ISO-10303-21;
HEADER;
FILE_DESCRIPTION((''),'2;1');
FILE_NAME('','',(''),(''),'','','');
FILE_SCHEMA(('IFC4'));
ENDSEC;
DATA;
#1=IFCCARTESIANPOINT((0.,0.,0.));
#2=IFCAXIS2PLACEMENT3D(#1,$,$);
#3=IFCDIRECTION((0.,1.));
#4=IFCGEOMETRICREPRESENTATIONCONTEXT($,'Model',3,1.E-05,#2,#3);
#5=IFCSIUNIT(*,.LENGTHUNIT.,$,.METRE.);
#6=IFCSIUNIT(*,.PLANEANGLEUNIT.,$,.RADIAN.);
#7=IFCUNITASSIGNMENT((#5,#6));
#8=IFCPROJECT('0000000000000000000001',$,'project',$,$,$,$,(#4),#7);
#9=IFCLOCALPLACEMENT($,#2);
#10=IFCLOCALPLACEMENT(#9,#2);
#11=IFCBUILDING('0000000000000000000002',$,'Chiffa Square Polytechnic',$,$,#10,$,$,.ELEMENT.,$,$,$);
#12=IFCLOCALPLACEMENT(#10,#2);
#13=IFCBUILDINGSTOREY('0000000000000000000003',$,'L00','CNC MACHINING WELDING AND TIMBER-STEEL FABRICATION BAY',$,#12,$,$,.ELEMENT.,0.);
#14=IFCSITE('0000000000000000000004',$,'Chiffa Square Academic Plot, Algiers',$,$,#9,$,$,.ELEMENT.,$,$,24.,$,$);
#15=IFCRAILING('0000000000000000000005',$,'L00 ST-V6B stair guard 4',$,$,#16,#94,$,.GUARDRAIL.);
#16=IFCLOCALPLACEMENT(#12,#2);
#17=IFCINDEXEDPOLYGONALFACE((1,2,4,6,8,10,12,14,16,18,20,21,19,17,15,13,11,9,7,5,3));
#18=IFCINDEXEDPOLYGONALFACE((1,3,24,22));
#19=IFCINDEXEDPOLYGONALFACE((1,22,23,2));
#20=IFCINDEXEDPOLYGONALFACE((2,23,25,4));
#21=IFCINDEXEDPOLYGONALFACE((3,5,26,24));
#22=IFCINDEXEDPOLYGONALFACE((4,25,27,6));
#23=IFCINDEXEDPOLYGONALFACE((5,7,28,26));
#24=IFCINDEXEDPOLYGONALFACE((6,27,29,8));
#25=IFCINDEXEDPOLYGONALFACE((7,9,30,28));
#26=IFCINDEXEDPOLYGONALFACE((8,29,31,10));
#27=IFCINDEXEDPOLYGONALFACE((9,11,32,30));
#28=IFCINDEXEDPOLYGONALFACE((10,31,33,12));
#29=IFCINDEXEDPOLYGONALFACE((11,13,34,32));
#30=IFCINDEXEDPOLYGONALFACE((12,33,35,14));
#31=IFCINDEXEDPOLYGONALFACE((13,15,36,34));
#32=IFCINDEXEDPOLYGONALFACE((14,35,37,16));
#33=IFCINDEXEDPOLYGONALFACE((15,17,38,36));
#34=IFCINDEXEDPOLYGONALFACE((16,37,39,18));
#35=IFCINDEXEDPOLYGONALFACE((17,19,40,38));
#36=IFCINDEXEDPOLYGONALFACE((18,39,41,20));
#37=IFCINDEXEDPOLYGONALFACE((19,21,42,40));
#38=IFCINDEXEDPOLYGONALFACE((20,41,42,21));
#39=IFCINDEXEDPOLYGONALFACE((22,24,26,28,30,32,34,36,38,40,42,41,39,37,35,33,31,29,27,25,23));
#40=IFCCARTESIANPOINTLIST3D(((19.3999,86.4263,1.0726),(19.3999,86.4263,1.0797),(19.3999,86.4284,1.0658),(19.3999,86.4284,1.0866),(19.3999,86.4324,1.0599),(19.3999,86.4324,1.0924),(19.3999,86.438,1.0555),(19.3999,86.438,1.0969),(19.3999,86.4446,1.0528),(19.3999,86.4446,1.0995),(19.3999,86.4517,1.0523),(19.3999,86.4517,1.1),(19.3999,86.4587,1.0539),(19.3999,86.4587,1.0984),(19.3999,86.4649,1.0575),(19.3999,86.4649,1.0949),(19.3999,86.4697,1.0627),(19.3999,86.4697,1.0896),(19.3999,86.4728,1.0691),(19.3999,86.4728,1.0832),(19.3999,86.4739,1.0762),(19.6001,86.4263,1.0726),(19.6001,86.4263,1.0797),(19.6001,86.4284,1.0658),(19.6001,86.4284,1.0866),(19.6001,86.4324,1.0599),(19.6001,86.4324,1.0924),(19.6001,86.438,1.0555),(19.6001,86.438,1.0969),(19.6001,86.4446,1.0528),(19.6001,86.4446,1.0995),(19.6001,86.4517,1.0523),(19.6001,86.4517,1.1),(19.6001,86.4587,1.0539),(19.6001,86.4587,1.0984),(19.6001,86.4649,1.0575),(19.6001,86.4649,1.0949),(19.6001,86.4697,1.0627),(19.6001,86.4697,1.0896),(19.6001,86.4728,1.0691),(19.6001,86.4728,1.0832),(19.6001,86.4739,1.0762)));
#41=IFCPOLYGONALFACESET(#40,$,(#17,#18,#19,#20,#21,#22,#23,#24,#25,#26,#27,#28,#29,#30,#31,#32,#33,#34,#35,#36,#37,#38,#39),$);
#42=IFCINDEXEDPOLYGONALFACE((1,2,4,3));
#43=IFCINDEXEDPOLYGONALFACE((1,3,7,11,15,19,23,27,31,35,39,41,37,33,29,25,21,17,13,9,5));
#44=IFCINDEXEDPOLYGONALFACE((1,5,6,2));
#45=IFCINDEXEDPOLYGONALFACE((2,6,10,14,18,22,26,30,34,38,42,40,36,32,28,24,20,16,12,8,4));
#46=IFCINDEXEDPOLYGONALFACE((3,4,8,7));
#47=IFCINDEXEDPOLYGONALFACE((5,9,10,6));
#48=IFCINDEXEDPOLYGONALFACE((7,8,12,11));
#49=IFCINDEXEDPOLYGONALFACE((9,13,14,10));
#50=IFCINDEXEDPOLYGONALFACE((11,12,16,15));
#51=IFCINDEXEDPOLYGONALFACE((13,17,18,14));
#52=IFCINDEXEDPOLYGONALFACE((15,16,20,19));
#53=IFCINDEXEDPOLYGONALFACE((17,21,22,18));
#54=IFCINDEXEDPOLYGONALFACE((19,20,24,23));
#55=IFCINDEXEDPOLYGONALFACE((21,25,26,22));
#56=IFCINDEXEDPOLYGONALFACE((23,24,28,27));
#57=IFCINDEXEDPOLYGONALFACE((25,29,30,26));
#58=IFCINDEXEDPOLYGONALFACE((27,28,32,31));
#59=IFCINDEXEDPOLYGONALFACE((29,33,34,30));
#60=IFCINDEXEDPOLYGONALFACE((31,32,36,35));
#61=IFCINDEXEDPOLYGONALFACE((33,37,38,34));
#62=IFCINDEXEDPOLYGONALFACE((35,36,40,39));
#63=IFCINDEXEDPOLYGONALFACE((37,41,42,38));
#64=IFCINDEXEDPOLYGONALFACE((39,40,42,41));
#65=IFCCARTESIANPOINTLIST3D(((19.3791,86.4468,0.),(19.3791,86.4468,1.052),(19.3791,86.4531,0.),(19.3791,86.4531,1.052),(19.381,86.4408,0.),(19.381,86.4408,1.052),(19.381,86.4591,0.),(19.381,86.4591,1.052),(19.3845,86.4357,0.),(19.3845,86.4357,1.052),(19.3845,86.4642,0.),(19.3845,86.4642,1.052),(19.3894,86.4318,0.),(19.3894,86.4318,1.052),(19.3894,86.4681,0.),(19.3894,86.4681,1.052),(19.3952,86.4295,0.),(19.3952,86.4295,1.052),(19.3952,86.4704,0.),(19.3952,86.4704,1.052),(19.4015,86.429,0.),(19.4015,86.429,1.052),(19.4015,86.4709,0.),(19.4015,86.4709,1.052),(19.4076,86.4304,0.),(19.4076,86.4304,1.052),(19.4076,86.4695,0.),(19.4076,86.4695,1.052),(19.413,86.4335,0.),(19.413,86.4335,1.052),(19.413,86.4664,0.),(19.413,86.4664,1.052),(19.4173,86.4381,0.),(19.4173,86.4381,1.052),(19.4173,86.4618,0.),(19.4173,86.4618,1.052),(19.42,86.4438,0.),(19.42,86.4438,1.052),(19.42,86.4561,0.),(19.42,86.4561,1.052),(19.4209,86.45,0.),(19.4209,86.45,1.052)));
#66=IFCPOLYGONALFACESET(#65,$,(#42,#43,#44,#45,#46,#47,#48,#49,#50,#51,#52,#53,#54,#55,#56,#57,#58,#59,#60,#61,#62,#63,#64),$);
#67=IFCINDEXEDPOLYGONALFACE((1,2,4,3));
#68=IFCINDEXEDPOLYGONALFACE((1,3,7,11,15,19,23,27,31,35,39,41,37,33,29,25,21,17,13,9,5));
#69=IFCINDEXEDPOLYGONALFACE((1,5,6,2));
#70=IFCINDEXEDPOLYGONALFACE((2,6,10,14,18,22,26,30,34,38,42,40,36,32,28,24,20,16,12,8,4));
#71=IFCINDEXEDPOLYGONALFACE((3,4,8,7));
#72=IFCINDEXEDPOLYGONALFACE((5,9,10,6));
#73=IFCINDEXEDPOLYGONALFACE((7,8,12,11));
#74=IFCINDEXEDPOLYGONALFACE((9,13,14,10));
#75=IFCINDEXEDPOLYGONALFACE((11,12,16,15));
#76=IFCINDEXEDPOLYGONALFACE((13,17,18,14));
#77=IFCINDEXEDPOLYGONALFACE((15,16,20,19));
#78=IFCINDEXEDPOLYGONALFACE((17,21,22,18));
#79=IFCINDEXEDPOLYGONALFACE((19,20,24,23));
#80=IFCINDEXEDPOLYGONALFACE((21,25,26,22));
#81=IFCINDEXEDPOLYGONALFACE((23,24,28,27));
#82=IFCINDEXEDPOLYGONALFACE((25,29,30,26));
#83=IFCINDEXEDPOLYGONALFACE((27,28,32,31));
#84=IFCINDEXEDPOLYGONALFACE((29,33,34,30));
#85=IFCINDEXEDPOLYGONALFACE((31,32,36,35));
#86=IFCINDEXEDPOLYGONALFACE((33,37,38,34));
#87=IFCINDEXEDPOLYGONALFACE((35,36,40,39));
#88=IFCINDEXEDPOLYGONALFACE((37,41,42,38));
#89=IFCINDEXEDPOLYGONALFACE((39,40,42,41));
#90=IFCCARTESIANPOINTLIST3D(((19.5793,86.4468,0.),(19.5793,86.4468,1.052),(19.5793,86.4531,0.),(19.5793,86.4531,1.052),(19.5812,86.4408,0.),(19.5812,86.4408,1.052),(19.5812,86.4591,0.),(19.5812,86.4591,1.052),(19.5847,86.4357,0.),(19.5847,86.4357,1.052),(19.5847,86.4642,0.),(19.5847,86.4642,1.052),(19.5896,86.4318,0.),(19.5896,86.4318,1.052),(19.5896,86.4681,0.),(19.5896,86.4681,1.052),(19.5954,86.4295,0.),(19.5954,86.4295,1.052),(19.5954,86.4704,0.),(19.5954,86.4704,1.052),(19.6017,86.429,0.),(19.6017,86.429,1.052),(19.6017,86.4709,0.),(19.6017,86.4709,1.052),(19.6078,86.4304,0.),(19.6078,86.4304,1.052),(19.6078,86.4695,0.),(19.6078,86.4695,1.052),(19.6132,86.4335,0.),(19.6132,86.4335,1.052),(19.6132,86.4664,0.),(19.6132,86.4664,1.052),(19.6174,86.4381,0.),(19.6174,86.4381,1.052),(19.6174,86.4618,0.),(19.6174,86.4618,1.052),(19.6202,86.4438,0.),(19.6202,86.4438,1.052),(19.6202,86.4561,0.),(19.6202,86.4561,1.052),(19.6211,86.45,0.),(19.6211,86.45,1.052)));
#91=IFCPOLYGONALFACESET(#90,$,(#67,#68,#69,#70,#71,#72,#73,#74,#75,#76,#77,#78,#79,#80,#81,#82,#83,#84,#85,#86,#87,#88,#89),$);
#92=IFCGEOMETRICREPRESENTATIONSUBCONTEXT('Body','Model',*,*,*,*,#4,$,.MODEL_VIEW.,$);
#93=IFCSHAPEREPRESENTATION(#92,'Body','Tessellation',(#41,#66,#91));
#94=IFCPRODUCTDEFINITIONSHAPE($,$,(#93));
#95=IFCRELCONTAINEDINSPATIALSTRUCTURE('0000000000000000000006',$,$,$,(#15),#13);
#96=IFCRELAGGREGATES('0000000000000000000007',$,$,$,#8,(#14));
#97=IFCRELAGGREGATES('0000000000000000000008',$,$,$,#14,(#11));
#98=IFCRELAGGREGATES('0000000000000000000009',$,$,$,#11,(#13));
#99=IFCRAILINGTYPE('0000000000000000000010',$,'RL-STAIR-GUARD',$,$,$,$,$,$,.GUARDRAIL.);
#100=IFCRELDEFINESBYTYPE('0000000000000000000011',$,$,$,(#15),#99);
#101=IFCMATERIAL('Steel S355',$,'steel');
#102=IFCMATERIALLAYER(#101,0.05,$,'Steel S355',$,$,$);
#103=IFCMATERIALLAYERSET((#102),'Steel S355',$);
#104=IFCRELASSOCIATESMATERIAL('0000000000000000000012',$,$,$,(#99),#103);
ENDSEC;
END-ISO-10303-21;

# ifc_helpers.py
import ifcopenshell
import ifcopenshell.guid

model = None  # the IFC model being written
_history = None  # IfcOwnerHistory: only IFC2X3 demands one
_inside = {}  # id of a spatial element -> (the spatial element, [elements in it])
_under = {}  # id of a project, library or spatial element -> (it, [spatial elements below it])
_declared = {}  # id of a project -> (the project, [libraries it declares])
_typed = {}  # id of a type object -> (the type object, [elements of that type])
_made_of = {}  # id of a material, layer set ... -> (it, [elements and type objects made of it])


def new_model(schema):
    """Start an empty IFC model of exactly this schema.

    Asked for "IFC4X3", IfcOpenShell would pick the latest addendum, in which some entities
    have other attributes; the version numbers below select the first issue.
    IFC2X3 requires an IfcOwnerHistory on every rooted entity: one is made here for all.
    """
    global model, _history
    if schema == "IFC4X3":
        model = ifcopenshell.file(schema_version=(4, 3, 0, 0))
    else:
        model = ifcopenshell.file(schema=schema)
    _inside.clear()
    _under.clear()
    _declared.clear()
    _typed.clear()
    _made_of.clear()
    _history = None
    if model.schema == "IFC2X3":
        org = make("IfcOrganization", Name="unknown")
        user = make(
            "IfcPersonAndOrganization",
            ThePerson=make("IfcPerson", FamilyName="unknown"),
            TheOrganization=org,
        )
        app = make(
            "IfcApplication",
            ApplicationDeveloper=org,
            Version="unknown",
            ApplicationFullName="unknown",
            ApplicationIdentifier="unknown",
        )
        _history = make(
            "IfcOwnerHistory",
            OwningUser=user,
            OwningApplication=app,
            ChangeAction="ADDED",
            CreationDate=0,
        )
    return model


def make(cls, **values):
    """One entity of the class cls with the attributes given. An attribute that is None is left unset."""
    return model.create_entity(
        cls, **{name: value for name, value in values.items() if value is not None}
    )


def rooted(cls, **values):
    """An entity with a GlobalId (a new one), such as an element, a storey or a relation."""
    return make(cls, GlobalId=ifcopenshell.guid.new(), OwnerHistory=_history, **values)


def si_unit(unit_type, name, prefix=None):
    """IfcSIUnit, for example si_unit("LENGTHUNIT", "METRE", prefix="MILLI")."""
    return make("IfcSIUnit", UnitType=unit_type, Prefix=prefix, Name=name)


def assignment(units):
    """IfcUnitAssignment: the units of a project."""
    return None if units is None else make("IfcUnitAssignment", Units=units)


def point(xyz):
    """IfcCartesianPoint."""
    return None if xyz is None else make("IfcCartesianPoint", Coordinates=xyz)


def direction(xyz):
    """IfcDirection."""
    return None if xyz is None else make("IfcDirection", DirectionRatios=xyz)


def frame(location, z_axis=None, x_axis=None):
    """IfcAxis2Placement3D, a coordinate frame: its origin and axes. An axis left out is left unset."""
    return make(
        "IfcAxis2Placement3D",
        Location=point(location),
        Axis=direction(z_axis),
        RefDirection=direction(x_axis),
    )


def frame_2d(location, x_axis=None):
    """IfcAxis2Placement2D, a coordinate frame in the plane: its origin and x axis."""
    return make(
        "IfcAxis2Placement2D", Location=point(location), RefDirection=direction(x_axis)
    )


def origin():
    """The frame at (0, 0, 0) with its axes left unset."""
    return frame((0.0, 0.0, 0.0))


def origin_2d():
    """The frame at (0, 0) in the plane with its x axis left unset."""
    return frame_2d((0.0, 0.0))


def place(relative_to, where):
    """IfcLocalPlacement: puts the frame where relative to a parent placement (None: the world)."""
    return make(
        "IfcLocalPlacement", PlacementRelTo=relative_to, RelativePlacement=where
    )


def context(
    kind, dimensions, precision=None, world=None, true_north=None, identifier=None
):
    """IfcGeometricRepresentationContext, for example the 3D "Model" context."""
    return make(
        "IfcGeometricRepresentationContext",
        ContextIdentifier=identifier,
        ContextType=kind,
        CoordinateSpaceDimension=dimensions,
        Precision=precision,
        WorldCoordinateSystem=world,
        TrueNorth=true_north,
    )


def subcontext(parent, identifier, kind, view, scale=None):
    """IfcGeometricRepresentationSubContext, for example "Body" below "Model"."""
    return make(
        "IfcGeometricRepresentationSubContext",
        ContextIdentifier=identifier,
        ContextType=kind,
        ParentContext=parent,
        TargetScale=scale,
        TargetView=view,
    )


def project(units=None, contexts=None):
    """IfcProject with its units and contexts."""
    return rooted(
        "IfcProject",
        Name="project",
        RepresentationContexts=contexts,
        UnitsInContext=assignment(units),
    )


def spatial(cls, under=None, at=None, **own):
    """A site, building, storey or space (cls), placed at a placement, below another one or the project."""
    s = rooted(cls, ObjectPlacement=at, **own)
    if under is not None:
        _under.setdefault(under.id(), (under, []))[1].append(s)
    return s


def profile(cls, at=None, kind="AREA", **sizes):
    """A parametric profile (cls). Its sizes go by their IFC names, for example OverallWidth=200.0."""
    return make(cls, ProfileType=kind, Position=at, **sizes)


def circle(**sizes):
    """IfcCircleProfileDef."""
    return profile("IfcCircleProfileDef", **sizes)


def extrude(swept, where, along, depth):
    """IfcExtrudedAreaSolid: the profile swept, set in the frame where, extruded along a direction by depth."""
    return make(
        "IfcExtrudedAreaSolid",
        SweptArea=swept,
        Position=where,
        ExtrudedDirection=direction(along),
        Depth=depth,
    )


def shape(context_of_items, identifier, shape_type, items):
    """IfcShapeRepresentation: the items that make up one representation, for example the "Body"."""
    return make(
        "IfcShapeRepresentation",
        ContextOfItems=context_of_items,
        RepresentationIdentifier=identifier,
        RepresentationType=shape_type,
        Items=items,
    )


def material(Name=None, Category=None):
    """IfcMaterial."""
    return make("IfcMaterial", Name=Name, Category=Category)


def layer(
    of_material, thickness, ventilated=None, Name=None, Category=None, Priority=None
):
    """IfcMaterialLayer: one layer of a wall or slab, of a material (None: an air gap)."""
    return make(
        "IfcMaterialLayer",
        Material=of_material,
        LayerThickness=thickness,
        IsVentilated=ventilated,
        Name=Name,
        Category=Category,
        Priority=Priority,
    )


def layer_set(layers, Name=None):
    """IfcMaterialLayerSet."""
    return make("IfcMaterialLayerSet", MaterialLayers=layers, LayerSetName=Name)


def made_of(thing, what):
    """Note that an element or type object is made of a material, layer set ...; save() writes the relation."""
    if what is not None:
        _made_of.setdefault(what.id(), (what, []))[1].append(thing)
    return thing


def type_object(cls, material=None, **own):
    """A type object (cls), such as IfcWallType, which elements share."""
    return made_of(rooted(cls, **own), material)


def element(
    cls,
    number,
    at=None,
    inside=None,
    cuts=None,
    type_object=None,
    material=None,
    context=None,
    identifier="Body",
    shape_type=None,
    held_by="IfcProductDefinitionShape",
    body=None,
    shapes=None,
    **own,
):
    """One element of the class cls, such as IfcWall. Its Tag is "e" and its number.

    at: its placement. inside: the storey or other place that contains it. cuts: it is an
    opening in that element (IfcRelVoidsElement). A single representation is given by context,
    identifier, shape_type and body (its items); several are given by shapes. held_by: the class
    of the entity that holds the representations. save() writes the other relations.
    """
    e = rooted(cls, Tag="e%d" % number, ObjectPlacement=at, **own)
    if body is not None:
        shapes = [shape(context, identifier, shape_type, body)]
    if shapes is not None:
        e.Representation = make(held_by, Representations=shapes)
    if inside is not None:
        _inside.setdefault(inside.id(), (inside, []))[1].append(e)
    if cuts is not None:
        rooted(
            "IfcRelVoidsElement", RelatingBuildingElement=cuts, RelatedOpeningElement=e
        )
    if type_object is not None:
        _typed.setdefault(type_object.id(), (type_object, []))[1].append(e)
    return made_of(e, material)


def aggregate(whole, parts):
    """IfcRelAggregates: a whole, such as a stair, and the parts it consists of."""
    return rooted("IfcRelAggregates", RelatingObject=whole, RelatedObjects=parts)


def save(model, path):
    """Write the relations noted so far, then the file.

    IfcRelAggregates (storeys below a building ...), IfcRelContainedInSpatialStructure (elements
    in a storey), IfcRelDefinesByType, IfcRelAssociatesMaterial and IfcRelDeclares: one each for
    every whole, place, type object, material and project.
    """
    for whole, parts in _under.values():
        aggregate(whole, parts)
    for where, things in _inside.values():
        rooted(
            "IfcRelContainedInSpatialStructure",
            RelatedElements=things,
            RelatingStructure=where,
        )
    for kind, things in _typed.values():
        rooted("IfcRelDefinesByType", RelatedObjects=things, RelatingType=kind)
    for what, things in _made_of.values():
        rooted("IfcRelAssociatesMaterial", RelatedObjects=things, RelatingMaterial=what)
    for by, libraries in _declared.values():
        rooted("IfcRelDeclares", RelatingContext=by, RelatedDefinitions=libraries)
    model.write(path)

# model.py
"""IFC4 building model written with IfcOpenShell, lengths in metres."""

from ifc_helpers import new_model, si_unit, direction, frame, origin, origin_2d, place, context, subcontext, project, spatial, circle, extrude, material, layer, layer_set, type_object, element, save


model = new_model("IFC4")

# Units and contexts
model_context = context("Model", 3, precision=1e-05, world=origin(), true_north=direction((0.0, 1.0)))
body_context = subcontext(model_context, "Body", "Model", "MODEL_VIEW")
ifc_project = project(units=[si_unit("LENGTHUNIT", "METRE"), si_unit("PLANEANGLEUNIT", "RADIAN")], contexts=[model_context])

# Site, building, storey
site_placement = place(None, origin())
site = spatial("IfcSite", under=ifc_project, at=site_placement, Name="Chiffa Square Academic Plot, Algiers", CompositionType="ELEMENT", RefElevation=24.0)
building_placement = place(site_placement, origin())
building = spatial("IfcBuilding", under=site, at=building_placement, Name="Chiffa Square Polytechnic", CompositionType="ELEMENT")
storey_placement = place(building_placement, origin())
storey = spatial("IfcBuildingStorey", under=building, at=storey_placement, Name="L00", Description="CNC MACHINING WELDING AND TIMBER-STEEL FABRICATION BAY", CompositionType="ELEMENT", Elevation=0.0)

# Railing
ifc_material_1 = material(Name="Steel S355", Category="steel")
ifc_layer_1 = layer(ifc_material_1, 0.05, Name="Steel S355")
ifc_layer_set_1 = layer_set([ifc_layer_1], Name="Steel S355")
railing_type_1 = type_object("IfcRailingType", Name="RL-STAIR-GUARD", PredefinedType="GUARDRAIL", material=ifc_layer_set_1)
railing_1_placement = place(storey_placement, frame((19.3999, 86.45, 0.0)))
element("IfcRailing", 1, at=railing_1_placement, inside=storey, type_object=railing_type_1, Name="L00 ST-V6B stair guard 4", PredefinedType="GUARDRAIL", context=body_context, shape_type="SweptSolid", body=[
    extrude(circle(Radius=0.0239, at=origin_2d()), frame((0.0, 0.0, 1.0762), z_axis=(1.0, 0.0, 0.0), x_axis=(0.0, 1.0, 0.0)), (0.0, 0.0, 1.0), 0.2002),
    extrude(circle(Radius=0.021, at=origin_2d()), origin(), (0.0, 0.0, 1.0), 1.052),
    extrude(circle(Radius=0.021, at=origin_2d()), frame((0.2002, 0.0, 0.0)), (0.0, 0.0, 1.0), 1.052),
])

save(model, "model.ifc")
